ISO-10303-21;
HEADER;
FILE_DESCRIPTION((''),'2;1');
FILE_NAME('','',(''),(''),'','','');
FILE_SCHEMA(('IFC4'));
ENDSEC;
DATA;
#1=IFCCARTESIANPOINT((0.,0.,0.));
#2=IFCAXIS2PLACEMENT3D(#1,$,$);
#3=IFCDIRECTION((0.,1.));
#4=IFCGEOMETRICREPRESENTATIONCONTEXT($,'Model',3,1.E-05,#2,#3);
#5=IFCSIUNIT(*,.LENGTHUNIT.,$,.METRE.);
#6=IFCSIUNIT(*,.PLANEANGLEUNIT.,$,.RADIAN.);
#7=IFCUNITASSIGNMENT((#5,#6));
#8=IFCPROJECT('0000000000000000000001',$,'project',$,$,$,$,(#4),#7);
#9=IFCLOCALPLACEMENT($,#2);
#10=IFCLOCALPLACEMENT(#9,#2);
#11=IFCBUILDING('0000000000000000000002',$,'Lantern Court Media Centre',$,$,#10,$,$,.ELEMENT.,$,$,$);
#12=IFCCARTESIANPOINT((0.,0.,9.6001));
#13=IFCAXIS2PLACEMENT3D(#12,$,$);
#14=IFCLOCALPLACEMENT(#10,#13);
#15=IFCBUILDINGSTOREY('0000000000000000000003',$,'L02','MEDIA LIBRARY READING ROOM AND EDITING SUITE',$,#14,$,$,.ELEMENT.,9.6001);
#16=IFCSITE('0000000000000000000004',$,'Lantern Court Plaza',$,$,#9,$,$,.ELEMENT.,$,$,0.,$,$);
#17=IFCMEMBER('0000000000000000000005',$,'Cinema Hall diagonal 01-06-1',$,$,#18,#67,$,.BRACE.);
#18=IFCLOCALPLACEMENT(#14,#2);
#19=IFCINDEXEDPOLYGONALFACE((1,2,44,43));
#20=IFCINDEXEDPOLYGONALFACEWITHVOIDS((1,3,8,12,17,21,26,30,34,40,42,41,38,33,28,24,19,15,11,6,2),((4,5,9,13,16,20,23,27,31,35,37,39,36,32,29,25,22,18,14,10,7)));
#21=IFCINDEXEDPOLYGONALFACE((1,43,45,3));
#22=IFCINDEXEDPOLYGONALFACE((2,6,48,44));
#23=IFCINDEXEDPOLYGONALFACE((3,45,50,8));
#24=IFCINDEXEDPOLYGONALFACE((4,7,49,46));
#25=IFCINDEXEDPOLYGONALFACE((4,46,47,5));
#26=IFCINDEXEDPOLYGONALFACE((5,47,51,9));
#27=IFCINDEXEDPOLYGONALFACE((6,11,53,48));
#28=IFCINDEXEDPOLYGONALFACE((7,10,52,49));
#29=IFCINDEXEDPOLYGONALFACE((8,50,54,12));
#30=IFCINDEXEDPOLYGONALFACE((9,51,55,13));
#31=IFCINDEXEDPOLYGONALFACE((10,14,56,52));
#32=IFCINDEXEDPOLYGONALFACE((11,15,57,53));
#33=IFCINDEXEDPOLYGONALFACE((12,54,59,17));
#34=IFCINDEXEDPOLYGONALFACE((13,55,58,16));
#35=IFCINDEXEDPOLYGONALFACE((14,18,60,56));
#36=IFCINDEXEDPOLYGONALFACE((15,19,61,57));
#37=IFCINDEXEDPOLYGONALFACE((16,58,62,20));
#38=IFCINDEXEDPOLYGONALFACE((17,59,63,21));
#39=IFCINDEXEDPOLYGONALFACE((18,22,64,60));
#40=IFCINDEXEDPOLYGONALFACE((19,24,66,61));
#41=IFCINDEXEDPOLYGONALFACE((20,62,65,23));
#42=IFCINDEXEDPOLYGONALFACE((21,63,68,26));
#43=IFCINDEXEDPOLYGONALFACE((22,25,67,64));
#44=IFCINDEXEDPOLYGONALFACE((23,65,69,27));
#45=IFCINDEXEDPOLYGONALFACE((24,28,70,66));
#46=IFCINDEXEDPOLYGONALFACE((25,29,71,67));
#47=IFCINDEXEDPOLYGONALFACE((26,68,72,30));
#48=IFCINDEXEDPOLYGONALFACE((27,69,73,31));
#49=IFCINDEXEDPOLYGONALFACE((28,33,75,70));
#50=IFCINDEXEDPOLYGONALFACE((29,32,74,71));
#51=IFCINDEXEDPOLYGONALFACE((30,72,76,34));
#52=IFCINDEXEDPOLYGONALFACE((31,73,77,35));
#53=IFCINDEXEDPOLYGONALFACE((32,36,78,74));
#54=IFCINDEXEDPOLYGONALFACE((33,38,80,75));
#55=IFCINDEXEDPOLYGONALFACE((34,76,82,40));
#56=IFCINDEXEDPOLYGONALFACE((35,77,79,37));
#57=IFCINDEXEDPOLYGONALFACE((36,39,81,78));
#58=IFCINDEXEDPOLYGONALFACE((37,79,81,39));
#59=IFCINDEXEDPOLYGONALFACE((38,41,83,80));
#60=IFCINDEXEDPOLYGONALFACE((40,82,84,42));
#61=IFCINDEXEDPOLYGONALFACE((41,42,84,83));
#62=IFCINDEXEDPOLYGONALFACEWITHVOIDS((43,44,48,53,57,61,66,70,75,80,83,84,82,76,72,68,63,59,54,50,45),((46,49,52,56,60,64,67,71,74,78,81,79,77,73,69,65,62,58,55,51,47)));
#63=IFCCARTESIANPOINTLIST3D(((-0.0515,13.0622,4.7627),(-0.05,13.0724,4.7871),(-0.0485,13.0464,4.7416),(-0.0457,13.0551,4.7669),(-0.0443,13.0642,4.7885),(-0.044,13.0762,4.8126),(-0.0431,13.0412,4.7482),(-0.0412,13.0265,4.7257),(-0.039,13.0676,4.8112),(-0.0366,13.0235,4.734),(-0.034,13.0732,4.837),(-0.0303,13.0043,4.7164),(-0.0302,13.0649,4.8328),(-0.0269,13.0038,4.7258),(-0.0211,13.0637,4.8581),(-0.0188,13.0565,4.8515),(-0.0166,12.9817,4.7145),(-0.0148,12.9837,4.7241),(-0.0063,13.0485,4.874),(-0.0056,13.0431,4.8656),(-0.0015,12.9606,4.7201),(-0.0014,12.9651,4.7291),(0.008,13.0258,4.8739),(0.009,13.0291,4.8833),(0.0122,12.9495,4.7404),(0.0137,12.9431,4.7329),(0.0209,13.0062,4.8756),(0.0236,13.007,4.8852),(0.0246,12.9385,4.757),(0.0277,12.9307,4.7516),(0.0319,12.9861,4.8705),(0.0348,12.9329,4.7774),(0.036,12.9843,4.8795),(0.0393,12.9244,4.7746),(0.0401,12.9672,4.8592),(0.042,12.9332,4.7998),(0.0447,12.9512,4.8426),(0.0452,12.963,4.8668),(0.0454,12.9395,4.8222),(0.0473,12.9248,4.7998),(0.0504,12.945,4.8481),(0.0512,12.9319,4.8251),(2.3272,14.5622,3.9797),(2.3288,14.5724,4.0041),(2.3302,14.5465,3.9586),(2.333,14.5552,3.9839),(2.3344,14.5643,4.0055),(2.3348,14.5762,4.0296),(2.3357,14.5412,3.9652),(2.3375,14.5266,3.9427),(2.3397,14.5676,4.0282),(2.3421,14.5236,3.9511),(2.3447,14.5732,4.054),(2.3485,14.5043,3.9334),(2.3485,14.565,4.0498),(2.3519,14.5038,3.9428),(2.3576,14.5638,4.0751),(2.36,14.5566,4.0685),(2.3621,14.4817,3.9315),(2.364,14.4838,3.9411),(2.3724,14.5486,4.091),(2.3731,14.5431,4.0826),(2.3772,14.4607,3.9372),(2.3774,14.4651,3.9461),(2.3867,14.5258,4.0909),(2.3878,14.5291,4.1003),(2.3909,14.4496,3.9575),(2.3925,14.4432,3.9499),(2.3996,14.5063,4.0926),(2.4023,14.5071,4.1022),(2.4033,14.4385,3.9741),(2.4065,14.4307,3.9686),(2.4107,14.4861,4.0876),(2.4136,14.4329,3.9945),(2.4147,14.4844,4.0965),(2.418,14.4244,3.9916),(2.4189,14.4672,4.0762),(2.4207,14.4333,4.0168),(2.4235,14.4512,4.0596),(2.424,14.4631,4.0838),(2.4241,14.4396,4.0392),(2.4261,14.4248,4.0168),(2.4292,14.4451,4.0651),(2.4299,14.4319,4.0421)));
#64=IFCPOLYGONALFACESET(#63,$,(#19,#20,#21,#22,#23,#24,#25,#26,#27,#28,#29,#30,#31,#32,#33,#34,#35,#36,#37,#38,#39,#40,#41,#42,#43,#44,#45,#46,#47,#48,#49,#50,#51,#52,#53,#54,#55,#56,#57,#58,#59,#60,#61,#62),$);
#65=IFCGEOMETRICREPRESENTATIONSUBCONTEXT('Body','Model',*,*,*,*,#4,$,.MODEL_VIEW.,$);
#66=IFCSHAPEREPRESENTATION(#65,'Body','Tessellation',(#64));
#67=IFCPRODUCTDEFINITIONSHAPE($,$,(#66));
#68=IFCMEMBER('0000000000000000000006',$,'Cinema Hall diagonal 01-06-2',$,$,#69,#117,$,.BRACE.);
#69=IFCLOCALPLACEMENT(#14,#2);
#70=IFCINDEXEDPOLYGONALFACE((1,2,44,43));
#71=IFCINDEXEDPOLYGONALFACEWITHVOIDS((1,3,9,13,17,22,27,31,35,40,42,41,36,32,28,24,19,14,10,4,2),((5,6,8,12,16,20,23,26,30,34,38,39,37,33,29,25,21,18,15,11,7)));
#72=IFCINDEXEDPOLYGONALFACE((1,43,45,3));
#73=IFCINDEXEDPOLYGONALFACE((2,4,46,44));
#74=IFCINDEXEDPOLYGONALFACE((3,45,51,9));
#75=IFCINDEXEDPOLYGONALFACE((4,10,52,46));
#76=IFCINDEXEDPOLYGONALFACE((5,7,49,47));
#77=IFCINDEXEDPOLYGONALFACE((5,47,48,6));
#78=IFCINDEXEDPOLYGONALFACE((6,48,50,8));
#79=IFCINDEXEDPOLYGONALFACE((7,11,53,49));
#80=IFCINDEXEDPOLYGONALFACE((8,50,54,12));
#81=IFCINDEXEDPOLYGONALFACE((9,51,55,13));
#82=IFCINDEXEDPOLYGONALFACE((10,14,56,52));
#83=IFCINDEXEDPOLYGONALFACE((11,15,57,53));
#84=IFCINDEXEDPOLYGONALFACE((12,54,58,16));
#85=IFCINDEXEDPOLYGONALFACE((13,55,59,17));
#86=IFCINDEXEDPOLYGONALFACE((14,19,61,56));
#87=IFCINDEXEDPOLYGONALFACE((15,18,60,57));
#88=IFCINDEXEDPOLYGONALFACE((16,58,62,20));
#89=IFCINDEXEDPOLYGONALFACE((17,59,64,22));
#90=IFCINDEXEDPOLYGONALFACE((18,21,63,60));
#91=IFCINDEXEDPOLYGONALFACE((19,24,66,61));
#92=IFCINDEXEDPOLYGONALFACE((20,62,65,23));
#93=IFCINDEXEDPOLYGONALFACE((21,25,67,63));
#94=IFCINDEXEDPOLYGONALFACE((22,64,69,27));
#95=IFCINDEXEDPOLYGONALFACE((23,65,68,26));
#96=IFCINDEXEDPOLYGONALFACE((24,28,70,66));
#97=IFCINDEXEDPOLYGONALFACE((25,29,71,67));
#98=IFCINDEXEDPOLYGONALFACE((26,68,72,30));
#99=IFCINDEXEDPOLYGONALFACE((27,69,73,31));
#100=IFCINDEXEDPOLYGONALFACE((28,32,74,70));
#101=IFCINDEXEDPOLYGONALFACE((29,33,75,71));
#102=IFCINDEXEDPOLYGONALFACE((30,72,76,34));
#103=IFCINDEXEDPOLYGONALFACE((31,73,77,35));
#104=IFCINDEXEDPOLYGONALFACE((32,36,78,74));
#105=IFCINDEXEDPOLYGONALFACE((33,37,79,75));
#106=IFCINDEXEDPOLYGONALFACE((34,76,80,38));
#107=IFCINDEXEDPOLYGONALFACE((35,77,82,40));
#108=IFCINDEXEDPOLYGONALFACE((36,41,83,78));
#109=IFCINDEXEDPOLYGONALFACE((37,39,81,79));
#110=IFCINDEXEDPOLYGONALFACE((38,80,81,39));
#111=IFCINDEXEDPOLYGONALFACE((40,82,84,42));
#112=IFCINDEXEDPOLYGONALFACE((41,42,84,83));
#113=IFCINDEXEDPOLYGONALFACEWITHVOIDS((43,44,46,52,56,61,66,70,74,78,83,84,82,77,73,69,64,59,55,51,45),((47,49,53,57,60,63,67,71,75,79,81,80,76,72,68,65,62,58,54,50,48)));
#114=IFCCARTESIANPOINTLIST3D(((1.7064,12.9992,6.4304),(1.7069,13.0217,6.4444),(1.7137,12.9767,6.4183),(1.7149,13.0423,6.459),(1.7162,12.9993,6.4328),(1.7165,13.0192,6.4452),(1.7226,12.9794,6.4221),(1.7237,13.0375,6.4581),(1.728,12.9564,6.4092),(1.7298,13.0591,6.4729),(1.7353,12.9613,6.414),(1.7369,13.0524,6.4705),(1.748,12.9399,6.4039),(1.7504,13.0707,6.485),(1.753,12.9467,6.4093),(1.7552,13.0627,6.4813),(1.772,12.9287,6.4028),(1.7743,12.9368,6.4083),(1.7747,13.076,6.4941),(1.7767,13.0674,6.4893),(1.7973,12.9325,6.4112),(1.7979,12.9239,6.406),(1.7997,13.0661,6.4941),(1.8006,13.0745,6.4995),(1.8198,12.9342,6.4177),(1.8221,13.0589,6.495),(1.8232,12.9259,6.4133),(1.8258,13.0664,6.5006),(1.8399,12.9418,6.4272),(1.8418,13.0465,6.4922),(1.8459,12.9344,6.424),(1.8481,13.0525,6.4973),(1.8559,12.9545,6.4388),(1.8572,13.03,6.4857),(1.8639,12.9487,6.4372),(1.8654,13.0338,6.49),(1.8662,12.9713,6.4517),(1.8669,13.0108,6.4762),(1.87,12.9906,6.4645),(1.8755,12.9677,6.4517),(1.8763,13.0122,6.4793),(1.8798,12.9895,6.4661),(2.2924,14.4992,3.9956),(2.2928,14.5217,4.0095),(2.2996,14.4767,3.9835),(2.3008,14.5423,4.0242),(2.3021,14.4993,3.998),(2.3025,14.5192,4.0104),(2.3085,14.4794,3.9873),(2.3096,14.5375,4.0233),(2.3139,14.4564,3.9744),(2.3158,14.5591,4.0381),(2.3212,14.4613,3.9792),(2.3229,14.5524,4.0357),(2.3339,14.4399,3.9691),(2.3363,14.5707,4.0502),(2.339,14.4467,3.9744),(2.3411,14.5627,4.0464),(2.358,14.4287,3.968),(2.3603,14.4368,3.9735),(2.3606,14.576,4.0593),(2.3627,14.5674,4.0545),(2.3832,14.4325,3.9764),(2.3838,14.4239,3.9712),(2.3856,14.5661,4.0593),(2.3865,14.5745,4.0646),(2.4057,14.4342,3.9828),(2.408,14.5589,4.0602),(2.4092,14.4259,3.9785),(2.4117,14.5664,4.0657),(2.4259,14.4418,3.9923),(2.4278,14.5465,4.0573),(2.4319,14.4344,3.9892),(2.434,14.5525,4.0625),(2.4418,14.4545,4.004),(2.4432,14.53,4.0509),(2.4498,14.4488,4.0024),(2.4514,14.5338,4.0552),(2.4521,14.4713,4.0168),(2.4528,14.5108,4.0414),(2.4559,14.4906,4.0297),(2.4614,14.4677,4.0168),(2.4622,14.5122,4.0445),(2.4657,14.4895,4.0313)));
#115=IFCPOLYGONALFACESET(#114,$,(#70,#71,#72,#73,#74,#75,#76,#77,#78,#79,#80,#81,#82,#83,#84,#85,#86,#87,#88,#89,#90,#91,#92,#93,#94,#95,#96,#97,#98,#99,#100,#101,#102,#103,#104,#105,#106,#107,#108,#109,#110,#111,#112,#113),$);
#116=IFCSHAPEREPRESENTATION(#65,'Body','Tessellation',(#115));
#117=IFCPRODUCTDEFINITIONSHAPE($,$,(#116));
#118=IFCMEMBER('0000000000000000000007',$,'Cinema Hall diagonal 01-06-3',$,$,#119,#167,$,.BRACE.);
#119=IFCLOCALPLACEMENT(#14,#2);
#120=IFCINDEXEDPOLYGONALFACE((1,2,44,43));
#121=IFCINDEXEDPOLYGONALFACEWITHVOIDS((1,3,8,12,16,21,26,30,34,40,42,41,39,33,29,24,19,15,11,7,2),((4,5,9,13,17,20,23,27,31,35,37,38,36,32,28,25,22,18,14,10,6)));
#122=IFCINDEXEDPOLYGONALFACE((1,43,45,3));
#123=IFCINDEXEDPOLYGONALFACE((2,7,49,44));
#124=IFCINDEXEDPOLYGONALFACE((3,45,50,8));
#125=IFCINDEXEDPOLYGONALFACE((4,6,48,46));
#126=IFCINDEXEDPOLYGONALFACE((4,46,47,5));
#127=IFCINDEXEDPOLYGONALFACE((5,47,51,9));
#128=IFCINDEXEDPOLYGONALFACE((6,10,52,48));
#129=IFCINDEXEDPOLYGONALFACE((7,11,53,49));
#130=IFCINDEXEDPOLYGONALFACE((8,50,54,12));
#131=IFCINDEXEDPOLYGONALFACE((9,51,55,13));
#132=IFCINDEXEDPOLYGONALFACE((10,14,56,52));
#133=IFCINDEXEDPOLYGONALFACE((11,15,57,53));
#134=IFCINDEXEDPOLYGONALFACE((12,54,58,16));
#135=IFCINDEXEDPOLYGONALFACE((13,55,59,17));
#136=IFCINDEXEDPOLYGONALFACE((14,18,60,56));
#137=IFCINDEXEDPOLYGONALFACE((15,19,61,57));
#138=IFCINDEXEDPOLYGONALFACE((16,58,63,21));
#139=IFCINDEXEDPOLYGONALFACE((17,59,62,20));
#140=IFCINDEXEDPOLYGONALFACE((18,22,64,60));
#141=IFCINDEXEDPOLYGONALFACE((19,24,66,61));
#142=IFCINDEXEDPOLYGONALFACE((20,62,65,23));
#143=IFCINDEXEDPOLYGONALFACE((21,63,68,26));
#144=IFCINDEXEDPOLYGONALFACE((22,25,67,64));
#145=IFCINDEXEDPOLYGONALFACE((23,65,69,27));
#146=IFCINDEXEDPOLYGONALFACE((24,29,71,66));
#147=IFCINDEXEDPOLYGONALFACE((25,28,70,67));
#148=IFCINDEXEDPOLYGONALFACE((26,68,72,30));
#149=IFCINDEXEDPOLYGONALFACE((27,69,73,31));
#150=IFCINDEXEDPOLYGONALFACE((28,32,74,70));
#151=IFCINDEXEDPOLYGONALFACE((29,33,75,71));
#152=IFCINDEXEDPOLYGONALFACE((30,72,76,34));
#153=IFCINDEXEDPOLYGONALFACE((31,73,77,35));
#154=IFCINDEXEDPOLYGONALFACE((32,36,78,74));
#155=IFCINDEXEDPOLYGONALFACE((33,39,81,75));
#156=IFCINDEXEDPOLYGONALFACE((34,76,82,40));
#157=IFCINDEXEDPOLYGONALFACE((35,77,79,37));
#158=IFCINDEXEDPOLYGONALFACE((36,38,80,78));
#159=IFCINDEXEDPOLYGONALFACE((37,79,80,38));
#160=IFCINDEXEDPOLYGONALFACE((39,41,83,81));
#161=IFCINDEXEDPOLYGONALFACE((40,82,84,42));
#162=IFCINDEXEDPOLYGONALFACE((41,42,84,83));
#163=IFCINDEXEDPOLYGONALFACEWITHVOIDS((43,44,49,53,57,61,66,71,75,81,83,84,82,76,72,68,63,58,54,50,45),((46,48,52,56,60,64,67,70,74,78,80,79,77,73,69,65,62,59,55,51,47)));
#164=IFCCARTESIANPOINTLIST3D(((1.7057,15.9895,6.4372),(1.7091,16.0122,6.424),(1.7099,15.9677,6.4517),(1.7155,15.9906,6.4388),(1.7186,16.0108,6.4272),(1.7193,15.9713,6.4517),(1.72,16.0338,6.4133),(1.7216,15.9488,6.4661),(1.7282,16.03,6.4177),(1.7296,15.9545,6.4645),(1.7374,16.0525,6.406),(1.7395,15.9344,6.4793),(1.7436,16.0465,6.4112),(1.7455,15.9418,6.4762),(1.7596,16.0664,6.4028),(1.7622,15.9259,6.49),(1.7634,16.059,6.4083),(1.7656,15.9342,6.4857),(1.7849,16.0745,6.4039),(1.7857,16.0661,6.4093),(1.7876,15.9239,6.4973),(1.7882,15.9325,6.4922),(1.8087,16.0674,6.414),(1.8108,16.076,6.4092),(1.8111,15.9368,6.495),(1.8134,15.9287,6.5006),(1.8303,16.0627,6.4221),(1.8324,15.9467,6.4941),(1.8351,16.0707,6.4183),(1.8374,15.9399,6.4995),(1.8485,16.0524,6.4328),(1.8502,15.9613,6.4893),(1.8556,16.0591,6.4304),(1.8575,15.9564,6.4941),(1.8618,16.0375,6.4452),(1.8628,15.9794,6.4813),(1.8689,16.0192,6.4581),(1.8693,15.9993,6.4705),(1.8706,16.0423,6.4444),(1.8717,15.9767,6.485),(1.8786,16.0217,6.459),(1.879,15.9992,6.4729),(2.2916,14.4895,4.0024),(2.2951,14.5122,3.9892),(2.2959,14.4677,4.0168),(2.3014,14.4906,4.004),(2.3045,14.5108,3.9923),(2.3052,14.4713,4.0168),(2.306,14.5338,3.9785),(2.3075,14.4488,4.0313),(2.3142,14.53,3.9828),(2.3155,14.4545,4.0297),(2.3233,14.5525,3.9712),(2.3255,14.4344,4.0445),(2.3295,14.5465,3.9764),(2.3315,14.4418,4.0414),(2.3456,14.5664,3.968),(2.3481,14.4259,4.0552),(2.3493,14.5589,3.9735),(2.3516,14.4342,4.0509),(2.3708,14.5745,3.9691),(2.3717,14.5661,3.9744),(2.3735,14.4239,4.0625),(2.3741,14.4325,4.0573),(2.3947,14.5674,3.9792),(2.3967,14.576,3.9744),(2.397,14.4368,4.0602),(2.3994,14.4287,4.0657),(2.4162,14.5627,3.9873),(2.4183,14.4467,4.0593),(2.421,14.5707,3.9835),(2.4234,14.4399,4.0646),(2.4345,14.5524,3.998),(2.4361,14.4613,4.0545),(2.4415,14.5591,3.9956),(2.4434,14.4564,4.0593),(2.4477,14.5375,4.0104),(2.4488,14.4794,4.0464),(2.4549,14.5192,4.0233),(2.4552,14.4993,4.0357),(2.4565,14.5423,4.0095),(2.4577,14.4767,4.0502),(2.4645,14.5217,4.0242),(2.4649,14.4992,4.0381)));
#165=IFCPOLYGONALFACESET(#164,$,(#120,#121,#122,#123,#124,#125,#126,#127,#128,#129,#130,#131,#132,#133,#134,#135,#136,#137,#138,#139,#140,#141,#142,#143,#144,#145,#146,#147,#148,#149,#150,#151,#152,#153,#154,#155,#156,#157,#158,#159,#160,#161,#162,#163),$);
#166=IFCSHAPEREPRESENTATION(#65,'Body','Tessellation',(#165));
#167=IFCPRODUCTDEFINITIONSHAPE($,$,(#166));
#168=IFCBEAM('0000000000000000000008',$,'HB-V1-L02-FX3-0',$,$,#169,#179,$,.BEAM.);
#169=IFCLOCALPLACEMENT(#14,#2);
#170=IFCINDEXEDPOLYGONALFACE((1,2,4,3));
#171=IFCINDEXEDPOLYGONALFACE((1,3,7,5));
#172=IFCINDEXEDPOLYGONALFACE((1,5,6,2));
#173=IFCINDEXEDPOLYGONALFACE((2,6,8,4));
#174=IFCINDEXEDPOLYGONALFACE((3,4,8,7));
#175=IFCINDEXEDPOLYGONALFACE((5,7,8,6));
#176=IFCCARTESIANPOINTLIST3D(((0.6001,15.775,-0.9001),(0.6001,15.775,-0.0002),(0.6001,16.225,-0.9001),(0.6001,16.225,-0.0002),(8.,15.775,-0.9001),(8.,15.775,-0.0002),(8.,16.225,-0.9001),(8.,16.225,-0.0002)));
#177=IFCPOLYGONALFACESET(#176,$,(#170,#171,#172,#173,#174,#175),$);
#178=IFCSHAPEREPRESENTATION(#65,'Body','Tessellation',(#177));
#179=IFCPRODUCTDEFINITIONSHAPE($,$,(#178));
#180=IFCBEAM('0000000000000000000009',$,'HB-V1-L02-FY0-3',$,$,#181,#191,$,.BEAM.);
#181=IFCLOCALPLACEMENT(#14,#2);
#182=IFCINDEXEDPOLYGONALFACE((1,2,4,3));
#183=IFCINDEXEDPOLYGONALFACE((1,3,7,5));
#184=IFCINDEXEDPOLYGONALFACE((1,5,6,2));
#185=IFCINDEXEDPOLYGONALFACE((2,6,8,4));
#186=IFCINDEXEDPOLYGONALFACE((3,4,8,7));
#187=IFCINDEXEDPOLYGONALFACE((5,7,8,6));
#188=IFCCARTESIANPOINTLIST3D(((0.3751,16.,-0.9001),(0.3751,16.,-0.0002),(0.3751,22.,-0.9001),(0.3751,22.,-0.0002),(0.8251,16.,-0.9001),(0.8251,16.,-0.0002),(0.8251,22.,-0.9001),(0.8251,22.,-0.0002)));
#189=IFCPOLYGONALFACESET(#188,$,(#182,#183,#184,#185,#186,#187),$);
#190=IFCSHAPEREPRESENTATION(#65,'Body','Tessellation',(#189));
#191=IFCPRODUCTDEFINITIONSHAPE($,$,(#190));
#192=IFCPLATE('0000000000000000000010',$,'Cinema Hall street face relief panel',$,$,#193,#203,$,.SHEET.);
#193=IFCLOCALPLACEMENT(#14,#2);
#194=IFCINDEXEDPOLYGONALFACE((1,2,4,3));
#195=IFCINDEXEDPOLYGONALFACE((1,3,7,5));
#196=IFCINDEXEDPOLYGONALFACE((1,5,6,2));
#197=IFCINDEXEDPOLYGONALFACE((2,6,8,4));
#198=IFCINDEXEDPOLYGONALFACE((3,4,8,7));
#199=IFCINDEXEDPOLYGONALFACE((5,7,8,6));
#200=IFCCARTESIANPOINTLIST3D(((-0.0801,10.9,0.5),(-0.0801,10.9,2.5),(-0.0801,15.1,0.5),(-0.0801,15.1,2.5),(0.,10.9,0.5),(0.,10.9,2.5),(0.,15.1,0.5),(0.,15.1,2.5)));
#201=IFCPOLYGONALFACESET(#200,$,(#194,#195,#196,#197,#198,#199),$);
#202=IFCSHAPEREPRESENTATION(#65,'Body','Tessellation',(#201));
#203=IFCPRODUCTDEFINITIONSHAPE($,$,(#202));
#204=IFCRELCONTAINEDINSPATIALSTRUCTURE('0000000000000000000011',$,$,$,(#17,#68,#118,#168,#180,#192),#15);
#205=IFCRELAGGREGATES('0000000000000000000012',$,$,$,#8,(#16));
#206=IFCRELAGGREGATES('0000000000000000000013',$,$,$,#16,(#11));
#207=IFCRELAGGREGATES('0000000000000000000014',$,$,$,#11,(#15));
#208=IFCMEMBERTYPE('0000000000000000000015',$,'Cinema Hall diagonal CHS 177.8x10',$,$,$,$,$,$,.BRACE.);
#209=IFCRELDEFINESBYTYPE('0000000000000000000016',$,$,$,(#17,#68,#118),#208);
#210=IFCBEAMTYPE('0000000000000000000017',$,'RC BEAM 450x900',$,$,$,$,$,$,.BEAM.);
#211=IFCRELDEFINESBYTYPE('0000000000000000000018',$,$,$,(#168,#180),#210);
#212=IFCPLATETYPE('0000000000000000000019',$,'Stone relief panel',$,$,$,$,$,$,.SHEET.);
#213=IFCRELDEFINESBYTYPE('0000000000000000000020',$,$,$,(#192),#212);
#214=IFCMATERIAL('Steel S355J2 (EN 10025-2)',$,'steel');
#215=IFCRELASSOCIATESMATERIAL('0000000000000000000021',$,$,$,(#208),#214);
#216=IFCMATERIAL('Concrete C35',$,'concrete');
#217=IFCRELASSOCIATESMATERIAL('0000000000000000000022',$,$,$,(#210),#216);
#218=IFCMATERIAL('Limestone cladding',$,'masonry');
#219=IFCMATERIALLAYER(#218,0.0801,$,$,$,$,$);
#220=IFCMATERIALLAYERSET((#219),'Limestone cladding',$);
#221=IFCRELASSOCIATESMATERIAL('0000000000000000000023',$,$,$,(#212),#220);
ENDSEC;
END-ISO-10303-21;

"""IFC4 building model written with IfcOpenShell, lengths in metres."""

from ifc_helpers import new_model, si_unit, direction, frame, origin, origin_2d, place, context, subcontext, project, spatial, rectangle, hollow_circle, extrude, material, layer, layer_set, material_profile, profile_set, type_object, element, save


model = new_model("IFC4")

# Units and contexts
model_context = context("Model", 3, precision=1e-05, world=origin(), true_north=direction((0.0, 1.0)))
body_context = subcontext(model_context, "Body", "Model", "MODEL_VIEW")
ifc_project = project(units=[si_unit("LENGTHUNIT", "METRE"), si_unit("PLANEANGLEUNIT", "RADIAN")], contexts=[model_context])

# Site, building, storey
site_placement = place(None, origin())
site = spatial("IfcSite", under=ifc_project, at=site_placement, Name="Lantern Court Plaza", CompositionType="ELEMENT", RefElevation=0.0)
building_placement = place(site_placement, origin())
building = spatial("IfcBuilding", under=site, at=building_placement, Name="Lantern Court Media Centre", CompositionType="ELEMENT")
storey_placement = place(building_placement, frame((0.0, 0.0, 9.6001)))
storey = spatial("IfcBuildingStorey", under=building, at=storey_placement, Name="L02", Description="MEDIA LIBRARY READING ROOM AND EDITING SUITE", CompositionType="ELEMENT", Elevation=9.6001)

# Shared definitions
ifc_material_1 = material(Name="Steel S355J2 (EN 10025-2)", Category="steel")
ifc_material_2 = material(Name="Concrete C35", Category="concrete")

# Members
ifc_material_profile_1 = material_profile(ifc_material_1, hollow_circle(Radius=0.0889, WallThickness=0.01, at=origin_2d()), Name="Cinema Hall diagonal CHS 177.8x10")
ifc_profile_set_1 = profile_set([ifc_material_profile_1], Name="Steel S355J2 (EN 10025-2)")
member_type_1 = type_object("IfcMemberType", Name="Cinema Hall diagonal CHS 177.8x10", PredefinedType="BRACE", material=ifc_profile_set_1)
for number, where, z_axis, x_axis, name in (
    (1, (2.3787, 14.5, 4.0168), (-0.814866, -0.51386, 0.268221), (0.533405, -0.84586, 0.0), "Cinema Hall diagonal 01-06-1"),
    (2, (2.3787, 14.5, 4.0168), (-0.20072, -0.513842, 0.834073), (0.931457, -0.363851, 0.0), "Cinema Hall diagonal 01-06-2"),
    (3, (2.3787, 14.5, 4.0168), (-0.20072, 0.513842, 0.834073), (-0.931457, -0.363851, 0.0), "Cinema Hall diagonal 01-06-3"),
):
    element("IfcMember", number, at=place(storey_placement, frame(where, z_axis=z_axis, x_axis=x_axis)), inside=storey, type_object=member_type_1, Name=name, PredefinedType="BRACE", context=body_context, shape_type="SweptSolid", body=[
        extrude(hollow_circle(Radius=0.0889, WallThickness=0.01, at=origin_2d()), origin(), (0.0, 0.0, 1.0), 2.9192),
    ])

# Beams
ifc_material_profile_2 = material_profile(ifc_material_2, rectangle(XDim=0.45, YDim=0.8999, at=origin_2d()), Name="RC 450x900")
ifc_profile_set_2 = profile_set([ifc_material_profile_2], Name="Concrete C35")
beam_type = type_object("IfcBeamType", Name="RC BEAM 450x900", PredefinedType="BEAM", material=ifc_profile_set_2)
beam_1_placement = place(storey_placement, frame((0.6001, 16.0, -0.4502), z_axis=(1.0, 0.0, 0.0), x_axis=(0.0, 1.0, 0.0)))
element("IfcBeam", 4, at=beam_1_placement, inside=storey, type_object=beam_type, Name="HB-V1-L02-FX3-0", PredefinedType="BEAM", context=body_context, shape_type="SweptSolid", body=[
    extrude(rectangle(XDim=0.45, YDim=0.8999, at=origin_2d()), origin(), (0.0, 0.0, 1.0), 7.3999),
])
beam_2_placement = place(storey_placement, frame((0.6001, 16.0, -0.4502), z_axis=(0.0, 1.0, 0.0), x_axis=(-1.0, 0.0, 0.0)))
element("IfcBeam", 5, at=beam_2_placement, inside=storey, type_object=beam_type, Name="HB-V1-L02-FY0-3", PredefinedType="BEAM", context=body_context, shape_type="SweptSolid", body=[
    extrude(rectangle(XDim=0.45, YDim=0.8999, at=origin_2d()), origin(), (0.0, 0.0, 1.0), 6.0),
])

# Plate
ifc_material_3 = material(Name="Limestone cladding", Category="masonry")
ifc_layer_1 = layer(ifc_material_3, 0.0801)
ifc_layer_set_1 = layer_set([ifc_layer_1], Name="Limestone cladding")
plate_type = type_object("IfcPlateType", Name="Stone relief panel", PredefinedType="SHEET", material=ifc_layer_set_1)
plate_1_placement = place(storey_placement, frame((-0.04, 13.0, 0.5), z_axis=(0.0, 0.0, 1.0), x_axis=(1.0, 0.0, 0.0)))
element("IfcPlate", 6, at=plate_1_placement, inside=storey, type_object=plate_type, Name="Cinema Hall street face relief panel", PredefinedType="SHEET", context=body_context, shape_type="SweptSolid", body=[
    extrude(rectangle(XDim=0.0801, YDim=4.2, at=origin_2d()), origin(), (0.0, 0.0, 1.0), 2.0),
])

save(model, "model.ifc")
